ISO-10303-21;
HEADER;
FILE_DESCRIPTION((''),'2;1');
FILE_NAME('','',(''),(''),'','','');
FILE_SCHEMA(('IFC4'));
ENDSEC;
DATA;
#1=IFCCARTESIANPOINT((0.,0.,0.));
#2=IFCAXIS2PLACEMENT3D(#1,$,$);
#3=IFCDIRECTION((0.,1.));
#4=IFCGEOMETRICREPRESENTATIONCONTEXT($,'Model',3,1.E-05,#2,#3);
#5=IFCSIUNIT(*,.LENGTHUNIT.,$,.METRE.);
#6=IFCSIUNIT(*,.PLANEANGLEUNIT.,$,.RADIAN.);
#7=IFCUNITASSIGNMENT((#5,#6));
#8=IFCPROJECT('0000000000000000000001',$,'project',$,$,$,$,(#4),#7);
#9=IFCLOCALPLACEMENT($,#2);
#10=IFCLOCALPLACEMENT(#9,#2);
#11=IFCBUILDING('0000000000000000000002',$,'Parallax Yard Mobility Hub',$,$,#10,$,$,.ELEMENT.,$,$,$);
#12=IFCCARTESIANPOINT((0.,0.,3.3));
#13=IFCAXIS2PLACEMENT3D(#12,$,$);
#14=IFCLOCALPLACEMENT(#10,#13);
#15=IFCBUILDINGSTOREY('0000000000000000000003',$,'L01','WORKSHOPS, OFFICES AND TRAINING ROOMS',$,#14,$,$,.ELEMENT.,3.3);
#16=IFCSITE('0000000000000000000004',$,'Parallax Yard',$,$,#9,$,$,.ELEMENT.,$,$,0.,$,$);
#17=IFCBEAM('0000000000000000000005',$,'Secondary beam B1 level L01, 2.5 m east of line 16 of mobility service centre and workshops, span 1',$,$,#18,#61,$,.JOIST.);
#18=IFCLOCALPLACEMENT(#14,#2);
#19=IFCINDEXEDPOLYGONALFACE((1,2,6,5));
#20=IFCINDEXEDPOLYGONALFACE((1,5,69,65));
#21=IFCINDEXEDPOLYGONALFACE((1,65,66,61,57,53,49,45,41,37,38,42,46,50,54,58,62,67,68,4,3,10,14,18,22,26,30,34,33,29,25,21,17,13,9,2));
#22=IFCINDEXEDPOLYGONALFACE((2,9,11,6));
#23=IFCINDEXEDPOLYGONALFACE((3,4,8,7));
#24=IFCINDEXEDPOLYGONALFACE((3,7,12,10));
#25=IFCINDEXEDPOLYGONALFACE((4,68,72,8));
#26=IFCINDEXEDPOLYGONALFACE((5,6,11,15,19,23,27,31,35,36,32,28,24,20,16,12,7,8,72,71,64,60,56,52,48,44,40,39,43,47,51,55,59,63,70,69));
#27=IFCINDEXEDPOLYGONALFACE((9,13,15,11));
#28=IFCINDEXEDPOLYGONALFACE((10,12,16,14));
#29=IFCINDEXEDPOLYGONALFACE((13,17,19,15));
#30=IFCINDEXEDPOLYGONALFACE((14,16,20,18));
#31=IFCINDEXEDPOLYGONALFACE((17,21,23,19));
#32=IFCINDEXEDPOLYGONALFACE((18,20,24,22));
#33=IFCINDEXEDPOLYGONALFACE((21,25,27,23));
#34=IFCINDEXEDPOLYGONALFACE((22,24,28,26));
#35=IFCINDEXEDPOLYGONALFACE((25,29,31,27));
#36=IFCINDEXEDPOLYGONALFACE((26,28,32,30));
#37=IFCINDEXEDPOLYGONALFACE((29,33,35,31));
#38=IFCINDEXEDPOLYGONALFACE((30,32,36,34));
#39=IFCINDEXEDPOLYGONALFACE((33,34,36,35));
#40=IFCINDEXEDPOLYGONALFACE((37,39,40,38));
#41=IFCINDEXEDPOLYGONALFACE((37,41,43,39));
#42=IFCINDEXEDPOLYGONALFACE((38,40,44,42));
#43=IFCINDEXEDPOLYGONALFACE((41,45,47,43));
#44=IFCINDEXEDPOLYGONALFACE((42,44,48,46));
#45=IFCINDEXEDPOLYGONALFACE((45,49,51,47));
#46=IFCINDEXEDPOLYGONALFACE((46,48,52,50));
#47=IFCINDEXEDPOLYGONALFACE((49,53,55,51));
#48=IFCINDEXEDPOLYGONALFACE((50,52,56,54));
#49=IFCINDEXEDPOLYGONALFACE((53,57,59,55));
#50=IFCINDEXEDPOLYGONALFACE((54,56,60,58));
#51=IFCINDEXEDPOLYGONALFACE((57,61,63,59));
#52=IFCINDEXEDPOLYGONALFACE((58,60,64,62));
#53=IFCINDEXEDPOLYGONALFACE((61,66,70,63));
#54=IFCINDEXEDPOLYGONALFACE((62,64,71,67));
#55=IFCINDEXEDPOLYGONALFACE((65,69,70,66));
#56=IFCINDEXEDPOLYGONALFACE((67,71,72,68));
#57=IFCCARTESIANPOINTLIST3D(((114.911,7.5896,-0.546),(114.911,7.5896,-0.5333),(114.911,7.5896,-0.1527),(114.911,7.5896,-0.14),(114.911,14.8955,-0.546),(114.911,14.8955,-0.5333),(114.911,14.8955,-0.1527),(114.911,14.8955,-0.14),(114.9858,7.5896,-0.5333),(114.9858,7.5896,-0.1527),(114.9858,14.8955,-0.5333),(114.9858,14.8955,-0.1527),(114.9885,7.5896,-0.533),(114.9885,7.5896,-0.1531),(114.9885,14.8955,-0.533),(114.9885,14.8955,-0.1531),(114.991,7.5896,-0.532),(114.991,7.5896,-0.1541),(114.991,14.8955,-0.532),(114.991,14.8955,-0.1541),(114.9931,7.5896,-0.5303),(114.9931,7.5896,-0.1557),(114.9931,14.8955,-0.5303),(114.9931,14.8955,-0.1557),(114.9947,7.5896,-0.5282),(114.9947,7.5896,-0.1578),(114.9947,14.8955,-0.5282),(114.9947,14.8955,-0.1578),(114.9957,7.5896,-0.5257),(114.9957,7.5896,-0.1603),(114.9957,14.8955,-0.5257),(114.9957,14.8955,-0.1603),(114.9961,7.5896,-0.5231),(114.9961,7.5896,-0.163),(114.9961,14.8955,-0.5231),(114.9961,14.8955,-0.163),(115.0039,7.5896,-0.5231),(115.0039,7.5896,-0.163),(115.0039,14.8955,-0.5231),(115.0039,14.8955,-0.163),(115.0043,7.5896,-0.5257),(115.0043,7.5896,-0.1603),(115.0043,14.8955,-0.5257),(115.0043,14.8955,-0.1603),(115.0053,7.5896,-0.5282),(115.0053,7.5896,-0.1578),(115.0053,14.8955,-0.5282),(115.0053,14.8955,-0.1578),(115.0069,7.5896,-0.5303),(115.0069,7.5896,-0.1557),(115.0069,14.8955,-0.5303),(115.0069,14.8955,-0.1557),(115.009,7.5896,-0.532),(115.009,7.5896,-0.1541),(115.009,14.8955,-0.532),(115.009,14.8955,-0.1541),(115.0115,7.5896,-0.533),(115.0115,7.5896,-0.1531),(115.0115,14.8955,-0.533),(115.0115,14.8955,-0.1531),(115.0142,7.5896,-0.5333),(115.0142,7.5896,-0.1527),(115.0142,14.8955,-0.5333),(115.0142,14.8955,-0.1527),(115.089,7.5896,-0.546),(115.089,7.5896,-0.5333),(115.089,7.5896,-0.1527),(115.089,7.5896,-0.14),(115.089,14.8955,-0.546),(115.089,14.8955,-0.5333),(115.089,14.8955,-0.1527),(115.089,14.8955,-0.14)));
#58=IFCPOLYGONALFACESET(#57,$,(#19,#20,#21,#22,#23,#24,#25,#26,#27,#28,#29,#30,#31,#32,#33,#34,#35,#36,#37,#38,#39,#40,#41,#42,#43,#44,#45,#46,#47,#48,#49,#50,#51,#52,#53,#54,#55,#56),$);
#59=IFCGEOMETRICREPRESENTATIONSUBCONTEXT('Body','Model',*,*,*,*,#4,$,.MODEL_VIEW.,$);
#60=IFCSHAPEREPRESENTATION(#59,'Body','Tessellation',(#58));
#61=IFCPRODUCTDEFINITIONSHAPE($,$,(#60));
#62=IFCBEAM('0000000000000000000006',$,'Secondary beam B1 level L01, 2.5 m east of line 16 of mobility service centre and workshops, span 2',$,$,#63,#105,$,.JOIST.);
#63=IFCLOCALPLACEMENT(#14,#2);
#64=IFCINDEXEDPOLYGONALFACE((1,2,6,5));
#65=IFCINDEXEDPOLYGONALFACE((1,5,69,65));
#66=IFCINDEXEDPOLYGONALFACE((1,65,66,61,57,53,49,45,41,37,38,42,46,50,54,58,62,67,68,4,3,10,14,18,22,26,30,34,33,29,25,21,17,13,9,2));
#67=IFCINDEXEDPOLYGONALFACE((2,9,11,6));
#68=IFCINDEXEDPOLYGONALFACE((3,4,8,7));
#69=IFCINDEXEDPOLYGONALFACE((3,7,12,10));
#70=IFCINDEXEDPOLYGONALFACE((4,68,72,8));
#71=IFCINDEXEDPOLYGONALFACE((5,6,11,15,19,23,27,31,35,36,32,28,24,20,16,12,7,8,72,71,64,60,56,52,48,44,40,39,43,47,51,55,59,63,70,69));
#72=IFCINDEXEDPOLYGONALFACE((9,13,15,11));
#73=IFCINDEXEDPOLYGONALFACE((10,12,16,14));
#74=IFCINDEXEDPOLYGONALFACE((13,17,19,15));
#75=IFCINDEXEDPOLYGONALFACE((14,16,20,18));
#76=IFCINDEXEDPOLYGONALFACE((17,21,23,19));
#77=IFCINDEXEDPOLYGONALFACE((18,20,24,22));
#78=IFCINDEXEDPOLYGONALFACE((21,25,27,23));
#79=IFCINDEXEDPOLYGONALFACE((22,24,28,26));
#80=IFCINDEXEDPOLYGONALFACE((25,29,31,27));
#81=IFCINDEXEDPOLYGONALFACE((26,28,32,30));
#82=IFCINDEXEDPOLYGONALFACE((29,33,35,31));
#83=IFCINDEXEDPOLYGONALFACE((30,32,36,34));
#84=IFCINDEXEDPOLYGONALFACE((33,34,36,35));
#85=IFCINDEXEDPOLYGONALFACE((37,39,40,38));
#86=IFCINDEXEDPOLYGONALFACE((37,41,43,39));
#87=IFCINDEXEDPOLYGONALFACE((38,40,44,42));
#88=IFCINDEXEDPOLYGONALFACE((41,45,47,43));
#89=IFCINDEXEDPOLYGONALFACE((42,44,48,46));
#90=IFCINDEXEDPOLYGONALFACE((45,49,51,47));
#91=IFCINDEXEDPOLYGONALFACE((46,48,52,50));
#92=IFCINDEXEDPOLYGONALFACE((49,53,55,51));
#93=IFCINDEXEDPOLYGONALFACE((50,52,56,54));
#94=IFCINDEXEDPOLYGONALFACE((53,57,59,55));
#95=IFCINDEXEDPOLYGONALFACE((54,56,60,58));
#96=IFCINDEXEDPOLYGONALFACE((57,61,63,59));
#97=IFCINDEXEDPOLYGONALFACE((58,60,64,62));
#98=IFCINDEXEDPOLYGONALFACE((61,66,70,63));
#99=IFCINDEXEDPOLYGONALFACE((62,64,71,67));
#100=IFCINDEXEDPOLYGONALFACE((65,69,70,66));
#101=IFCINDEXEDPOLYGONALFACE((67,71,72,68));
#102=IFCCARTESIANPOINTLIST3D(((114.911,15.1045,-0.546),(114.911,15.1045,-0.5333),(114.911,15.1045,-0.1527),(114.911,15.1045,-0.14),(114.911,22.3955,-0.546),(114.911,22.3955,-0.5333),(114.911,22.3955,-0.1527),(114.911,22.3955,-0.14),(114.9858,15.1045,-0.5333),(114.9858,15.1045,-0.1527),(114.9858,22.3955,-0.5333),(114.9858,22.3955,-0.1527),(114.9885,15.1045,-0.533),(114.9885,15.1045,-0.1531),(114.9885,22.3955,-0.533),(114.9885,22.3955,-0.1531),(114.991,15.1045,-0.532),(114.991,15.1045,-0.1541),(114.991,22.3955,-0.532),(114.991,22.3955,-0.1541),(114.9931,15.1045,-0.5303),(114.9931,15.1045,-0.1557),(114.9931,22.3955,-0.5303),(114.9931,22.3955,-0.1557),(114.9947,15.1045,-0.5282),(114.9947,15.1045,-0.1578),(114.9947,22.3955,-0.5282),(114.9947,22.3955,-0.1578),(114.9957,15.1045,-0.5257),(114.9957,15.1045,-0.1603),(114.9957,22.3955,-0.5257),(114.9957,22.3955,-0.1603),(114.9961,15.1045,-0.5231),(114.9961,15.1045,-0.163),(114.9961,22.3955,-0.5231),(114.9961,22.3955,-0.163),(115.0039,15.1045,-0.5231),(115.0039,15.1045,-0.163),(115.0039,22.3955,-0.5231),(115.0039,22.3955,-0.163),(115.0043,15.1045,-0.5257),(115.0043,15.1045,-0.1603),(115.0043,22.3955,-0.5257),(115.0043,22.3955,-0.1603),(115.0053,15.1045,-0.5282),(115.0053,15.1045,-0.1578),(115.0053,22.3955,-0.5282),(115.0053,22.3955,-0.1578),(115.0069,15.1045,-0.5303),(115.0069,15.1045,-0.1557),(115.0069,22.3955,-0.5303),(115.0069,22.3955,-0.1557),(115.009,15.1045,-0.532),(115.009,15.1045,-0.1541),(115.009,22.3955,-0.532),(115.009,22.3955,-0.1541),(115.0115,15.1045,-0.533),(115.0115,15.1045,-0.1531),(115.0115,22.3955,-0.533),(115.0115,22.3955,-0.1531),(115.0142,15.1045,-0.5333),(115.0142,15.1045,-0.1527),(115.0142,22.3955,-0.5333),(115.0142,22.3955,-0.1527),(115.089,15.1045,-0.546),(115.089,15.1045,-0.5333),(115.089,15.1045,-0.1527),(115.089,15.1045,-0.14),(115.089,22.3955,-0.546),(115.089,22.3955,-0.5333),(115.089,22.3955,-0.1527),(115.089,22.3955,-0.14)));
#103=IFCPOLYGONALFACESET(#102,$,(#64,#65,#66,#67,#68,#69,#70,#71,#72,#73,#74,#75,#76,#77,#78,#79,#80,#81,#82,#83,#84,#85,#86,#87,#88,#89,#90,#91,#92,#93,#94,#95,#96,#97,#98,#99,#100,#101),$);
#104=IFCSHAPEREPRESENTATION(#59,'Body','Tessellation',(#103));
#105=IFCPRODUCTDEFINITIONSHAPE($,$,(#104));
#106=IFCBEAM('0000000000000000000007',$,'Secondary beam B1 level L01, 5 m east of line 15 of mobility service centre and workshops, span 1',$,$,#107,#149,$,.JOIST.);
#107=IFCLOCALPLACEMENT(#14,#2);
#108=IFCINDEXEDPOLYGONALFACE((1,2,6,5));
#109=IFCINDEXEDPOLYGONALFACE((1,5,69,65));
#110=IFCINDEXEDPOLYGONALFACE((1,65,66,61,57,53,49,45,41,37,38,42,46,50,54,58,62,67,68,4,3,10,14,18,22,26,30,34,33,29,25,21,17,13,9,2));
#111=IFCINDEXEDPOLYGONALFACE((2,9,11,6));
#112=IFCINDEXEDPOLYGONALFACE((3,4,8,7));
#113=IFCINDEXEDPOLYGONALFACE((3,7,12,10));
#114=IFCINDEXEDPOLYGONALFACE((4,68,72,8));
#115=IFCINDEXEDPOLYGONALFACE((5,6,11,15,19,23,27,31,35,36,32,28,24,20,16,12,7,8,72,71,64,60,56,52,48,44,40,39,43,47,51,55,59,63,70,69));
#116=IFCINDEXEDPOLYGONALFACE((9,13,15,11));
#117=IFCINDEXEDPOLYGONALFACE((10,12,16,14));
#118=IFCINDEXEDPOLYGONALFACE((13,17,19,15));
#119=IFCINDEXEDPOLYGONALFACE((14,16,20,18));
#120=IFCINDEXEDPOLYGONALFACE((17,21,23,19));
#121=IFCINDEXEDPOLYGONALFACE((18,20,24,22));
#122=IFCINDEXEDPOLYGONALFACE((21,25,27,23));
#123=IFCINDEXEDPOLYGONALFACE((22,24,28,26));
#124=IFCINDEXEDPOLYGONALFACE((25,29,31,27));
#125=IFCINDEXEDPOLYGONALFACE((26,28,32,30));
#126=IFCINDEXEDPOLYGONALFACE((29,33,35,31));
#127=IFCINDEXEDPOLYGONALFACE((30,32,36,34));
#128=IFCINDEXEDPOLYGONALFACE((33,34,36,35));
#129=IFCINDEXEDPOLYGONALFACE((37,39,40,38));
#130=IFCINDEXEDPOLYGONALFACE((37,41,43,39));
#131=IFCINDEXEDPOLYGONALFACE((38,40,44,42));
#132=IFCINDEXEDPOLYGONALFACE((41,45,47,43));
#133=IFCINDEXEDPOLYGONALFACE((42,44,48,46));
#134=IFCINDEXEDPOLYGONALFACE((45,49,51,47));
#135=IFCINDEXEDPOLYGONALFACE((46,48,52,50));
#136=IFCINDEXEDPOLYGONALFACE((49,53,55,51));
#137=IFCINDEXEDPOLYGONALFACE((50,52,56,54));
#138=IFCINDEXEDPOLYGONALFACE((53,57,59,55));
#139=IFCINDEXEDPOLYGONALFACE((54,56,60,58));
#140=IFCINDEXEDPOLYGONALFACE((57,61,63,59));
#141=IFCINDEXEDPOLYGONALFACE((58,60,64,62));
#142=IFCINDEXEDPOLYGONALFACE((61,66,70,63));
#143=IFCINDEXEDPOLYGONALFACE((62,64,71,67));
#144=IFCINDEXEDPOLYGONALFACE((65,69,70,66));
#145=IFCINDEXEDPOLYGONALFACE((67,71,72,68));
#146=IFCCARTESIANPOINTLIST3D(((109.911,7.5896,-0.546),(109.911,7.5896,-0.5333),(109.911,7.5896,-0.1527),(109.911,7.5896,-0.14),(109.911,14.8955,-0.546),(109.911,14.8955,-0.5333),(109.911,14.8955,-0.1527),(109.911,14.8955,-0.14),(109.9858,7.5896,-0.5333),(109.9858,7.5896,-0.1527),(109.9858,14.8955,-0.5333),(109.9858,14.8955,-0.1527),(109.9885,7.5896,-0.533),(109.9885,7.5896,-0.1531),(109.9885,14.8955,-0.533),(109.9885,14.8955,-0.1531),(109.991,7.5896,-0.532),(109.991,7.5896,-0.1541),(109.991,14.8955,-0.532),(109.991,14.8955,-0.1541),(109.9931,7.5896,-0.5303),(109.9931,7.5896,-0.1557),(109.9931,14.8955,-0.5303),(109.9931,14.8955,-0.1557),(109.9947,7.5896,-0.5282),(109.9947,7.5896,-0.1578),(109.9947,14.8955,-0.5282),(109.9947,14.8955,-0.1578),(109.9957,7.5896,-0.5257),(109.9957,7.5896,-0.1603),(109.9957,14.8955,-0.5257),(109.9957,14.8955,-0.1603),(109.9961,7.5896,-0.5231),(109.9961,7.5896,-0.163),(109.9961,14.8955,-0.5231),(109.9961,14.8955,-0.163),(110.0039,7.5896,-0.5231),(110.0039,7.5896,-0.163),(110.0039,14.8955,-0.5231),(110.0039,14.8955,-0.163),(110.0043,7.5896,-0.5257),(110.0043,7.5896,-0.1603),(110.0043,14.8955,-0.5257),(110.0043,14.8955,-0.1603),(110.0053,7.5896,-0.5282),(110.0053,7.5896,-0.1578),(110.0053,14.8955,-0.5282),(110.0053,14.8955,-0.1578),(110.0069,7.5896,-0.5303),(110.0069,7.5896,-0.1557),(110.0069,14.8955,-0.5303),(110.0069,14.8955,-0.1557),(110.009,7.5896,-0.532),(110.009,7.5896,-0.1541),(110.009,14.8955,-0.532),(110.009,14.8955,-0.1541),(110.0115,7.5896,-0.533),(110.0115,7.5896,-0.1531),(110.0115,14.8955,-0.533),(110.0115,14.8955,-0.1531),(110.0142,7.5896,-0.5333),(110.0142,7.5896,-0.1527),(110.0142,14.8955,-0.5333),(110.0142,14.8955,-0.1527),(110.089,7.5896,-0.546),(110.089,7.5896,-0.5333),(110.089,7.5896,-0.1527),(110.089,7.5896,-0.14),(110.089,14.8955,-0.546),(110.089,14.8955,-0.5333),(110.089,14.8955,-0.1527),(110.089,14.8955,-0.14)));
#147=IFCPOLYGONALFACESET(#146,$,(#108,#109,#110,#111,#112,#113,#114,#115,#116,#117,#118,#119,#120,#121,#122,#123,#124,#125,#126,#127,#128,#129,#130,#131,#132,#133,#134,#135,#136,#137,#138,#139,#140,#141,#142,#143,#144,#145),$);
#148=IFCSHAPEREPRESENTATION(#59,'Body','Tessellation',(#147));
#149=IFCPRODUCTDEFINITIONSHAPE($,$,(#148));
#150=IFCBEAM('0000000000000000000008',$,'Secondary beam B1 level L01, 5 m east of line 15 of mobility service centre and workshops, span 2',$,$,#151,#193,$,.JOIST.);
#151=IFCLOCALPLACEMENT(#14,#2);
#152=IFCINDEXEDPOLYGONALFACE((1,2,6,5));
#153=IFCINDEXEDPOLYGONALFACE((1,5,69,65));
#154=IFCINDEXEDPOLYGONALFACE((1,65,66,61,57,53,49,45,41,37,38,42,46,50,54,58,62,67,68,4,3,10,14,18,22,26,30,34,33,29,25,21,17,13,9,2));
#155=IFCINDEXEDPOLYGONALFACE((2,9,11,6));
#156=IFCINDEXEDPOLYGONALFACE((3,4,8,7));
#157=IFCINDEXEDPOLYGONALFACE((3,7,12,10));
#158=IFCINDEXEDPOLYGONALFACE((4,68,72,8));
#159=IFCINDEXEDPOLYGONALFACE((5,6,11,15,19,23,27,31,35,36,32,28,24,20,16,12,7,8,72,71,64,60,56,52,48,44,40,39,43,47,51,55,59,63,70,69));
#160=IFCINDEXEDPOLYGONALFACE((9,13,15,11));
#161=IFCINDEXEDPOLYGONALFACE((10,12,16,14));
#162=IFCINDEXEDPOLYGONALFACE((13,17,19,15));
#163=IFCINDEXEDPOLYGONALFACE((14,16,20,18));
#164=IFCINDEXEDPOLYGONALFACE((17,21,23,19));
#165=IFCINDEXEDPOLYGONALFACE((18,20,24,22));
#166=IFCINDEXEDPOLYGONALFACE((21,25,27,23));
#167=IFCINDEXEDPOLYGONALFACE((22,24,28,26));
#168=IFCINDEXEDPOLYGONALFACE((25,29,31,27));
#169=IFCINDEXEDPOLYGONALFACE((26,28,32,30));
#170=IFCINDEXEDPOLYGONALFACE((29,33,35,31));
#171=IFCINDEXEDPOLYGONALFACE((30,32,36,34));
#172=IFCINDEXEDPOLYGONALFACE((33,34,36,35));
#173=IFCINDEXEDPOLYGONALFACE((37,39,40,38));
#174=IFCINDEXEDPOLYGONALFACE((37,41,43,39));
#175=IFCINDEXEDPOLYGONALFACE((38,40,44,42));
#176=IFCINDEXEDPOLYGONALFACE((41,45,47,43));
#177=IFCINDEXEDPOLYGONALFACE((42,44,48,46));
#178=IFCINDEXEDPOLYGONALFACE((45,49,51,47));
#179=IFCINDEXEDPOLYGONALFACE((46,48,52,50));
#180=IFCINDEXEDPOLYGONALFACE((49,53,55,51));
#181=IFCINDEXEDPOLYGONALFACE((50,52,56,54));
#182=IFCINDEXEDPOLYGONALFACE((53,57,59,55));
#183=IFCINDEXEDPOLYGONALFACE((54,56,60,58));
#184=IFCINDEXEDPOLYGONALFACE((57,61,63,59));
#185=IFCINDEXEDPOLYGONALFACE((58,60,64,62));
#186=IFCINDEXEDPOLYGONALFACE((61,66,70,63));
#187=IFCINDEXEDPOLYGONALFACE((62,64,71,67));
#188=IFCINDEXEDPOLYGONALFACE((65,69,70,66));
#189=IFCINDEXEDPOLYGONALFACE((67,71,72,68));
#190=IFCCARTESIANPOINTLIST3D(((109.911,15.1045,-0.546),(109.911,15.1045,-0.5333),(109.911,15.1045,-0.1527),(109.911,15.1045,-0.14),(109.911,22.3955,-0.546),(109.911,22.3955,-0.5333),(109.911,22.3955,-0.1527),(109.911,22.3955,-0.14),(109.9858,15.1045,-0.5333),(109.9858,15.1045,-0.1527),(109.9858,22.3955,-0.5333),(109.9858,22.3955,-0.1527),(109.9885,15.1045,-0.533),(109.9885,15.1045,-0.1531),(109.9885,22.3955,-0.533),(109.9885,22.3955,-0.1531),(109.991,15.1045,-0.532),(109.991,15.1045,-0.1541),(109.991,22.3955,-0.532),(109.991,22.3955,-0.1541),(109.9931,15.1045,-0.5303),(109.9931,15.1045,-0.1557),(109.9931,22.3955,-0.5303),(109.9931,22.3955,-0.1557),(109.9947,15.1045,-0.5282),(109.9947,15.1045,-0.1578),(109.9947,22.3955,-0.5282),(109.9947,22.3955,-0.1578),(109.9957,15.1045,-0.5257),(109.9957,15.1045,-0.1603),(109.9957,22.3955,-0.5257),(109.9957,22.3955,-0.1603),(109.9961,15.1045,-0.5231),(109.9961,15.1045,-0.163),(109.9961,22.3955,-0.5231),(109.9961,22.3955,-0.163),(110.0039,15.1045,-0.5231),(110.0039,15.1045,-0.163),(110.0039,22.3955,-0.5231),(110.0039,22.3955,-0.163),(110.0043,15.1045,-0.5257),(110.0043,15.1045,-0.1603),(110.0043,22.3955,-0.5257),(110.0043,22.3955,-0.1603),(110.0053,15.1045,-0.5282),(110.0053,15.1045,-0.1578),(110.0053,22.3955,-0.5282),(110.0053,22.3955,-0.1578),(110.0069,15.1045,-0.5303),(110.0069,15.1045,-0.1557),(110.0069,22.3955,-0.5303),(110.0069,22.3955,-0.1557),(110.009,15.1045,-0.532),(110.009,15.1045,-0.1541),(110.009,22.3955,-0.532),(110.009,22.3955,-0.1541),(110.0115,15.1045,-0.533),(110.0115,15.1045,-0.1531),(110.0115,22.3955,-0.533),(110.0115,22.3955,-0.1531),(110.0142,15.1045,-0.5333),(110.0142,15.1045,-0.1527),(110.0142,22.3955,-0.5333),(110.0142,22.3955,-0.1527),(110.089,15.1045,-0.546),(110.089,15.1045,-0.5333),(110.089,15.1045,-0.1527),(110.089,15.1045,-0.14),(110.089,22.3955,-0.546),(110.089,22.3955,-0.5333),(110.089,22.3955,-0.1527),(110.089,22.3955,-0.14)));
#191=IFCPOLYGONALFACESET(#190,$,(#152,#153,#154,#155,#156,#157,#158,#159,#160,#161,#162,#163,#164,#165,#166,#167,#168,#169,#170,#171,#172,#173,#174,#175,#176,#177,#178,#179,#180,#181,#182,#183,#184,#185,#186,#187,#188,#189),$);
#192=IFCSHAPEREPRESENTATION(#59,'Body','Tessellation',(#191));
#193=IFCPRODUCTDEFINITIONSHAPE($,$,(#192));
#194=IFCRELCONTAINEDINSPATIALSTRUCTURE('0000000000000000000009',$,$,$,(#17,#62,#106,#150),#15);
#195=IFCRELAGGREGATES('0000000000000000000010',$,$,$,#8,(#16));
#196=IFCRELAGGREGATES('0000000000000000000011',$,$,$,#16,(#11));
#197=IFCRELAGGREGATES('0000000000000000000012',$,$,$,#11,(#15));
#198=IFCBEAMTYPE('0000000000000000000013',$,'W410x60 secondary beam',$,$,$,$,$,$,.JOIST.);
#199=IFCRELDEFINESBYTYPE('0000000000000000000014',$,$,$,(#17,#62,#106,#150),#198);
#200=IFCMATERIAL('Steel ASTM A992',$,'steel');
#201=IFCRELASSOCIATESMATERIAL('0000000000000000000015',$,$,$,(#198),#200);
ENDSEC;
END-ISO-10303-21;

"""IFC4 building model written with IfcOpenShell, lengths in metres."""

from ifc_helpers import new_model, si_unit, direction, frame, origin, origin_2d, place, context, subcontext, project, spatial, i_section, extrude, material, material_profile, profile_set, type_object, element, save


model = new_model("IFC4")

# Units and contexts
model_context = context("Model", 3, precision=1e-05, world=origin(), true_north=direction((0.0, 1.0)))
body_context = subcontext(model_context, "Body", "Model", "MODEL_VIEW")
ifc_project = project(units=[si_unit("LENGTHUNIT", "METRE"), si_unit("PLANEANGLEUNIT", "RADIAN")], contexts=[model_context])

# Site, building, storey
site_placement = place(None, origin())
site = spatial("IfcSite", under=ifc_project, at=site_placement, Name="Parallax Yard", CompositionType="ELEMENT", RefElevation=0.0)
building_placement = place(site_placement, origin())
building = spatial("IfcBuilding", under=site, at=building_placement, Name="Parallax Yard Mobility Hub", CompositionType="ELEMENT")
storey_placement = place(building_placement, frame((0.0, 0.0, 3.3)))
storey = spatial("IfcBuildingStorey", under=building, at=storey_placement, Name="L01", Description="WORKSHOPS, OFFICES AND TRAINING ROOMS", CompositionType="ELEMENT", Elevation=3.3)

# Shared definitions
ifc_material = material(Name="Steel ASTM A992", Category="steel")

# Beams
ifc_material_profile_1 = material_profile(ifc_material, i_section(OverallWidth=0.178, OverallDepth=0.406, WebThickness=0.0078, FlangeThickness=0.0127, FilletRadius=0.0103, at=origin_2d()), Name="W410x60")
ifc_profile_set_1 = profile_set([ifc_material_profile_1], Name="Steel ASTM A992")
beam_type_1 = type_object("IfcBeamType", Name="W410x60 secondary beam", PredefinedType="JOIST", material=ifc_profile_set_1)
beam_1_placement = place(storey_placement, frame((115.0, 7.5896, -0.343), z_axis=(0.0, 1.0, 0.0), x_axis=(-1.0, 0.0, 0.0)))
element("IfcBeam", 1, at=beam_1_placement, inside=storey, type_object=beam_type_1, Name="Secondary beam B1 level L01, 2.5 m east of line 16 of mobility service centre and workshops, span 1", PredefinedType="JOIST", context=body_context, shape_type="SweptSolid", body=[
    extrude(i_section(OverallWidth=0.178, OverallDepth=0.406, WebThickness=0.0078, FlangeThickness=0.0127, FilletRadius=0.0103, at=origin_2d()), origin(), (0.0, 0.0, 1.0), 7.3059),
])
beam_2_placement = place(storey_placement, frame((115.0, 15.1045, -0.343), z_axis=(0.0, 1.0, 0.0), x_axis=(-1.0, 0.0, 0.0)))
element("IfcBeam", 2, at=beam_2_placement, inside=storey, type_object=beam_type_1, Name="Secondary beam B1 level L01, 2.5 m east of line 16 of mobility service centre and workshops, span 2", PredefinedType="JOIST", context=body_context, shape_type="SweptSolid", body=[
    extrude(i_section(OverallWidth=0.178, OverallDepth=0.406, WebThickness=0.0078, FlangeThickness=0.0127, FilletRadius=0.0103, at=origin_2d()), origin(), (0.0, 0.0, 1.0), 7.291),
])
beam_3_placement = place(storey_placement, frame((110.0, 7.5896, -0.343), z_axis=(0.0, 1.0, 0.0), x_axis=(-1.0, 0.0, 0.0)))
element("IfcBeam", 3, at=beam_3_placement, inside=storey, type_object=beam_type_1, Name="Secondary beam B1 level L01, 5 m east of line 15 of mobility service centre and workshops, span 1", PredefinedType="JOIST", context=body_context, shape_type="SweptSolid", body=[
    extrude(i_section(OverallWidth=0.178, OverallDepth=0.406, WebThickness=0.0078, FlangeThickness=0.0127, FilletRadius=0.0103, at=origin_2d()), origin(), (0.0, 0.0, 1.0), 7.3059),
])
beam_4_placement = place(storey_placement, frame((110.0, 15.1045, -0.343), z_axis=(0.0, 1.0, 0.0), x_axis=(-1.0, 0.0, 0.0)))
element("IfcBeam", 4, at=beam_4_placement, inside=storey, type_object=beam_type_1, Name="Secondary beam B1 level L01, 5 m east of line 15 of mobility service centre and workshops, span 2", PredefinedType="JOIST", context=body_context, shape_type="SweptSolid", body=[
    extrude(i_section(OverallWidth=0.178, OverallDepth=0.406, WebThickness=0.0078, FlangeThickness=0.0127, FilletRadius=0.0103, at=origin_2d()), origin(), (0.0, 0.0, 1.0), 7.291),
])

save(model, "model.ifc")
